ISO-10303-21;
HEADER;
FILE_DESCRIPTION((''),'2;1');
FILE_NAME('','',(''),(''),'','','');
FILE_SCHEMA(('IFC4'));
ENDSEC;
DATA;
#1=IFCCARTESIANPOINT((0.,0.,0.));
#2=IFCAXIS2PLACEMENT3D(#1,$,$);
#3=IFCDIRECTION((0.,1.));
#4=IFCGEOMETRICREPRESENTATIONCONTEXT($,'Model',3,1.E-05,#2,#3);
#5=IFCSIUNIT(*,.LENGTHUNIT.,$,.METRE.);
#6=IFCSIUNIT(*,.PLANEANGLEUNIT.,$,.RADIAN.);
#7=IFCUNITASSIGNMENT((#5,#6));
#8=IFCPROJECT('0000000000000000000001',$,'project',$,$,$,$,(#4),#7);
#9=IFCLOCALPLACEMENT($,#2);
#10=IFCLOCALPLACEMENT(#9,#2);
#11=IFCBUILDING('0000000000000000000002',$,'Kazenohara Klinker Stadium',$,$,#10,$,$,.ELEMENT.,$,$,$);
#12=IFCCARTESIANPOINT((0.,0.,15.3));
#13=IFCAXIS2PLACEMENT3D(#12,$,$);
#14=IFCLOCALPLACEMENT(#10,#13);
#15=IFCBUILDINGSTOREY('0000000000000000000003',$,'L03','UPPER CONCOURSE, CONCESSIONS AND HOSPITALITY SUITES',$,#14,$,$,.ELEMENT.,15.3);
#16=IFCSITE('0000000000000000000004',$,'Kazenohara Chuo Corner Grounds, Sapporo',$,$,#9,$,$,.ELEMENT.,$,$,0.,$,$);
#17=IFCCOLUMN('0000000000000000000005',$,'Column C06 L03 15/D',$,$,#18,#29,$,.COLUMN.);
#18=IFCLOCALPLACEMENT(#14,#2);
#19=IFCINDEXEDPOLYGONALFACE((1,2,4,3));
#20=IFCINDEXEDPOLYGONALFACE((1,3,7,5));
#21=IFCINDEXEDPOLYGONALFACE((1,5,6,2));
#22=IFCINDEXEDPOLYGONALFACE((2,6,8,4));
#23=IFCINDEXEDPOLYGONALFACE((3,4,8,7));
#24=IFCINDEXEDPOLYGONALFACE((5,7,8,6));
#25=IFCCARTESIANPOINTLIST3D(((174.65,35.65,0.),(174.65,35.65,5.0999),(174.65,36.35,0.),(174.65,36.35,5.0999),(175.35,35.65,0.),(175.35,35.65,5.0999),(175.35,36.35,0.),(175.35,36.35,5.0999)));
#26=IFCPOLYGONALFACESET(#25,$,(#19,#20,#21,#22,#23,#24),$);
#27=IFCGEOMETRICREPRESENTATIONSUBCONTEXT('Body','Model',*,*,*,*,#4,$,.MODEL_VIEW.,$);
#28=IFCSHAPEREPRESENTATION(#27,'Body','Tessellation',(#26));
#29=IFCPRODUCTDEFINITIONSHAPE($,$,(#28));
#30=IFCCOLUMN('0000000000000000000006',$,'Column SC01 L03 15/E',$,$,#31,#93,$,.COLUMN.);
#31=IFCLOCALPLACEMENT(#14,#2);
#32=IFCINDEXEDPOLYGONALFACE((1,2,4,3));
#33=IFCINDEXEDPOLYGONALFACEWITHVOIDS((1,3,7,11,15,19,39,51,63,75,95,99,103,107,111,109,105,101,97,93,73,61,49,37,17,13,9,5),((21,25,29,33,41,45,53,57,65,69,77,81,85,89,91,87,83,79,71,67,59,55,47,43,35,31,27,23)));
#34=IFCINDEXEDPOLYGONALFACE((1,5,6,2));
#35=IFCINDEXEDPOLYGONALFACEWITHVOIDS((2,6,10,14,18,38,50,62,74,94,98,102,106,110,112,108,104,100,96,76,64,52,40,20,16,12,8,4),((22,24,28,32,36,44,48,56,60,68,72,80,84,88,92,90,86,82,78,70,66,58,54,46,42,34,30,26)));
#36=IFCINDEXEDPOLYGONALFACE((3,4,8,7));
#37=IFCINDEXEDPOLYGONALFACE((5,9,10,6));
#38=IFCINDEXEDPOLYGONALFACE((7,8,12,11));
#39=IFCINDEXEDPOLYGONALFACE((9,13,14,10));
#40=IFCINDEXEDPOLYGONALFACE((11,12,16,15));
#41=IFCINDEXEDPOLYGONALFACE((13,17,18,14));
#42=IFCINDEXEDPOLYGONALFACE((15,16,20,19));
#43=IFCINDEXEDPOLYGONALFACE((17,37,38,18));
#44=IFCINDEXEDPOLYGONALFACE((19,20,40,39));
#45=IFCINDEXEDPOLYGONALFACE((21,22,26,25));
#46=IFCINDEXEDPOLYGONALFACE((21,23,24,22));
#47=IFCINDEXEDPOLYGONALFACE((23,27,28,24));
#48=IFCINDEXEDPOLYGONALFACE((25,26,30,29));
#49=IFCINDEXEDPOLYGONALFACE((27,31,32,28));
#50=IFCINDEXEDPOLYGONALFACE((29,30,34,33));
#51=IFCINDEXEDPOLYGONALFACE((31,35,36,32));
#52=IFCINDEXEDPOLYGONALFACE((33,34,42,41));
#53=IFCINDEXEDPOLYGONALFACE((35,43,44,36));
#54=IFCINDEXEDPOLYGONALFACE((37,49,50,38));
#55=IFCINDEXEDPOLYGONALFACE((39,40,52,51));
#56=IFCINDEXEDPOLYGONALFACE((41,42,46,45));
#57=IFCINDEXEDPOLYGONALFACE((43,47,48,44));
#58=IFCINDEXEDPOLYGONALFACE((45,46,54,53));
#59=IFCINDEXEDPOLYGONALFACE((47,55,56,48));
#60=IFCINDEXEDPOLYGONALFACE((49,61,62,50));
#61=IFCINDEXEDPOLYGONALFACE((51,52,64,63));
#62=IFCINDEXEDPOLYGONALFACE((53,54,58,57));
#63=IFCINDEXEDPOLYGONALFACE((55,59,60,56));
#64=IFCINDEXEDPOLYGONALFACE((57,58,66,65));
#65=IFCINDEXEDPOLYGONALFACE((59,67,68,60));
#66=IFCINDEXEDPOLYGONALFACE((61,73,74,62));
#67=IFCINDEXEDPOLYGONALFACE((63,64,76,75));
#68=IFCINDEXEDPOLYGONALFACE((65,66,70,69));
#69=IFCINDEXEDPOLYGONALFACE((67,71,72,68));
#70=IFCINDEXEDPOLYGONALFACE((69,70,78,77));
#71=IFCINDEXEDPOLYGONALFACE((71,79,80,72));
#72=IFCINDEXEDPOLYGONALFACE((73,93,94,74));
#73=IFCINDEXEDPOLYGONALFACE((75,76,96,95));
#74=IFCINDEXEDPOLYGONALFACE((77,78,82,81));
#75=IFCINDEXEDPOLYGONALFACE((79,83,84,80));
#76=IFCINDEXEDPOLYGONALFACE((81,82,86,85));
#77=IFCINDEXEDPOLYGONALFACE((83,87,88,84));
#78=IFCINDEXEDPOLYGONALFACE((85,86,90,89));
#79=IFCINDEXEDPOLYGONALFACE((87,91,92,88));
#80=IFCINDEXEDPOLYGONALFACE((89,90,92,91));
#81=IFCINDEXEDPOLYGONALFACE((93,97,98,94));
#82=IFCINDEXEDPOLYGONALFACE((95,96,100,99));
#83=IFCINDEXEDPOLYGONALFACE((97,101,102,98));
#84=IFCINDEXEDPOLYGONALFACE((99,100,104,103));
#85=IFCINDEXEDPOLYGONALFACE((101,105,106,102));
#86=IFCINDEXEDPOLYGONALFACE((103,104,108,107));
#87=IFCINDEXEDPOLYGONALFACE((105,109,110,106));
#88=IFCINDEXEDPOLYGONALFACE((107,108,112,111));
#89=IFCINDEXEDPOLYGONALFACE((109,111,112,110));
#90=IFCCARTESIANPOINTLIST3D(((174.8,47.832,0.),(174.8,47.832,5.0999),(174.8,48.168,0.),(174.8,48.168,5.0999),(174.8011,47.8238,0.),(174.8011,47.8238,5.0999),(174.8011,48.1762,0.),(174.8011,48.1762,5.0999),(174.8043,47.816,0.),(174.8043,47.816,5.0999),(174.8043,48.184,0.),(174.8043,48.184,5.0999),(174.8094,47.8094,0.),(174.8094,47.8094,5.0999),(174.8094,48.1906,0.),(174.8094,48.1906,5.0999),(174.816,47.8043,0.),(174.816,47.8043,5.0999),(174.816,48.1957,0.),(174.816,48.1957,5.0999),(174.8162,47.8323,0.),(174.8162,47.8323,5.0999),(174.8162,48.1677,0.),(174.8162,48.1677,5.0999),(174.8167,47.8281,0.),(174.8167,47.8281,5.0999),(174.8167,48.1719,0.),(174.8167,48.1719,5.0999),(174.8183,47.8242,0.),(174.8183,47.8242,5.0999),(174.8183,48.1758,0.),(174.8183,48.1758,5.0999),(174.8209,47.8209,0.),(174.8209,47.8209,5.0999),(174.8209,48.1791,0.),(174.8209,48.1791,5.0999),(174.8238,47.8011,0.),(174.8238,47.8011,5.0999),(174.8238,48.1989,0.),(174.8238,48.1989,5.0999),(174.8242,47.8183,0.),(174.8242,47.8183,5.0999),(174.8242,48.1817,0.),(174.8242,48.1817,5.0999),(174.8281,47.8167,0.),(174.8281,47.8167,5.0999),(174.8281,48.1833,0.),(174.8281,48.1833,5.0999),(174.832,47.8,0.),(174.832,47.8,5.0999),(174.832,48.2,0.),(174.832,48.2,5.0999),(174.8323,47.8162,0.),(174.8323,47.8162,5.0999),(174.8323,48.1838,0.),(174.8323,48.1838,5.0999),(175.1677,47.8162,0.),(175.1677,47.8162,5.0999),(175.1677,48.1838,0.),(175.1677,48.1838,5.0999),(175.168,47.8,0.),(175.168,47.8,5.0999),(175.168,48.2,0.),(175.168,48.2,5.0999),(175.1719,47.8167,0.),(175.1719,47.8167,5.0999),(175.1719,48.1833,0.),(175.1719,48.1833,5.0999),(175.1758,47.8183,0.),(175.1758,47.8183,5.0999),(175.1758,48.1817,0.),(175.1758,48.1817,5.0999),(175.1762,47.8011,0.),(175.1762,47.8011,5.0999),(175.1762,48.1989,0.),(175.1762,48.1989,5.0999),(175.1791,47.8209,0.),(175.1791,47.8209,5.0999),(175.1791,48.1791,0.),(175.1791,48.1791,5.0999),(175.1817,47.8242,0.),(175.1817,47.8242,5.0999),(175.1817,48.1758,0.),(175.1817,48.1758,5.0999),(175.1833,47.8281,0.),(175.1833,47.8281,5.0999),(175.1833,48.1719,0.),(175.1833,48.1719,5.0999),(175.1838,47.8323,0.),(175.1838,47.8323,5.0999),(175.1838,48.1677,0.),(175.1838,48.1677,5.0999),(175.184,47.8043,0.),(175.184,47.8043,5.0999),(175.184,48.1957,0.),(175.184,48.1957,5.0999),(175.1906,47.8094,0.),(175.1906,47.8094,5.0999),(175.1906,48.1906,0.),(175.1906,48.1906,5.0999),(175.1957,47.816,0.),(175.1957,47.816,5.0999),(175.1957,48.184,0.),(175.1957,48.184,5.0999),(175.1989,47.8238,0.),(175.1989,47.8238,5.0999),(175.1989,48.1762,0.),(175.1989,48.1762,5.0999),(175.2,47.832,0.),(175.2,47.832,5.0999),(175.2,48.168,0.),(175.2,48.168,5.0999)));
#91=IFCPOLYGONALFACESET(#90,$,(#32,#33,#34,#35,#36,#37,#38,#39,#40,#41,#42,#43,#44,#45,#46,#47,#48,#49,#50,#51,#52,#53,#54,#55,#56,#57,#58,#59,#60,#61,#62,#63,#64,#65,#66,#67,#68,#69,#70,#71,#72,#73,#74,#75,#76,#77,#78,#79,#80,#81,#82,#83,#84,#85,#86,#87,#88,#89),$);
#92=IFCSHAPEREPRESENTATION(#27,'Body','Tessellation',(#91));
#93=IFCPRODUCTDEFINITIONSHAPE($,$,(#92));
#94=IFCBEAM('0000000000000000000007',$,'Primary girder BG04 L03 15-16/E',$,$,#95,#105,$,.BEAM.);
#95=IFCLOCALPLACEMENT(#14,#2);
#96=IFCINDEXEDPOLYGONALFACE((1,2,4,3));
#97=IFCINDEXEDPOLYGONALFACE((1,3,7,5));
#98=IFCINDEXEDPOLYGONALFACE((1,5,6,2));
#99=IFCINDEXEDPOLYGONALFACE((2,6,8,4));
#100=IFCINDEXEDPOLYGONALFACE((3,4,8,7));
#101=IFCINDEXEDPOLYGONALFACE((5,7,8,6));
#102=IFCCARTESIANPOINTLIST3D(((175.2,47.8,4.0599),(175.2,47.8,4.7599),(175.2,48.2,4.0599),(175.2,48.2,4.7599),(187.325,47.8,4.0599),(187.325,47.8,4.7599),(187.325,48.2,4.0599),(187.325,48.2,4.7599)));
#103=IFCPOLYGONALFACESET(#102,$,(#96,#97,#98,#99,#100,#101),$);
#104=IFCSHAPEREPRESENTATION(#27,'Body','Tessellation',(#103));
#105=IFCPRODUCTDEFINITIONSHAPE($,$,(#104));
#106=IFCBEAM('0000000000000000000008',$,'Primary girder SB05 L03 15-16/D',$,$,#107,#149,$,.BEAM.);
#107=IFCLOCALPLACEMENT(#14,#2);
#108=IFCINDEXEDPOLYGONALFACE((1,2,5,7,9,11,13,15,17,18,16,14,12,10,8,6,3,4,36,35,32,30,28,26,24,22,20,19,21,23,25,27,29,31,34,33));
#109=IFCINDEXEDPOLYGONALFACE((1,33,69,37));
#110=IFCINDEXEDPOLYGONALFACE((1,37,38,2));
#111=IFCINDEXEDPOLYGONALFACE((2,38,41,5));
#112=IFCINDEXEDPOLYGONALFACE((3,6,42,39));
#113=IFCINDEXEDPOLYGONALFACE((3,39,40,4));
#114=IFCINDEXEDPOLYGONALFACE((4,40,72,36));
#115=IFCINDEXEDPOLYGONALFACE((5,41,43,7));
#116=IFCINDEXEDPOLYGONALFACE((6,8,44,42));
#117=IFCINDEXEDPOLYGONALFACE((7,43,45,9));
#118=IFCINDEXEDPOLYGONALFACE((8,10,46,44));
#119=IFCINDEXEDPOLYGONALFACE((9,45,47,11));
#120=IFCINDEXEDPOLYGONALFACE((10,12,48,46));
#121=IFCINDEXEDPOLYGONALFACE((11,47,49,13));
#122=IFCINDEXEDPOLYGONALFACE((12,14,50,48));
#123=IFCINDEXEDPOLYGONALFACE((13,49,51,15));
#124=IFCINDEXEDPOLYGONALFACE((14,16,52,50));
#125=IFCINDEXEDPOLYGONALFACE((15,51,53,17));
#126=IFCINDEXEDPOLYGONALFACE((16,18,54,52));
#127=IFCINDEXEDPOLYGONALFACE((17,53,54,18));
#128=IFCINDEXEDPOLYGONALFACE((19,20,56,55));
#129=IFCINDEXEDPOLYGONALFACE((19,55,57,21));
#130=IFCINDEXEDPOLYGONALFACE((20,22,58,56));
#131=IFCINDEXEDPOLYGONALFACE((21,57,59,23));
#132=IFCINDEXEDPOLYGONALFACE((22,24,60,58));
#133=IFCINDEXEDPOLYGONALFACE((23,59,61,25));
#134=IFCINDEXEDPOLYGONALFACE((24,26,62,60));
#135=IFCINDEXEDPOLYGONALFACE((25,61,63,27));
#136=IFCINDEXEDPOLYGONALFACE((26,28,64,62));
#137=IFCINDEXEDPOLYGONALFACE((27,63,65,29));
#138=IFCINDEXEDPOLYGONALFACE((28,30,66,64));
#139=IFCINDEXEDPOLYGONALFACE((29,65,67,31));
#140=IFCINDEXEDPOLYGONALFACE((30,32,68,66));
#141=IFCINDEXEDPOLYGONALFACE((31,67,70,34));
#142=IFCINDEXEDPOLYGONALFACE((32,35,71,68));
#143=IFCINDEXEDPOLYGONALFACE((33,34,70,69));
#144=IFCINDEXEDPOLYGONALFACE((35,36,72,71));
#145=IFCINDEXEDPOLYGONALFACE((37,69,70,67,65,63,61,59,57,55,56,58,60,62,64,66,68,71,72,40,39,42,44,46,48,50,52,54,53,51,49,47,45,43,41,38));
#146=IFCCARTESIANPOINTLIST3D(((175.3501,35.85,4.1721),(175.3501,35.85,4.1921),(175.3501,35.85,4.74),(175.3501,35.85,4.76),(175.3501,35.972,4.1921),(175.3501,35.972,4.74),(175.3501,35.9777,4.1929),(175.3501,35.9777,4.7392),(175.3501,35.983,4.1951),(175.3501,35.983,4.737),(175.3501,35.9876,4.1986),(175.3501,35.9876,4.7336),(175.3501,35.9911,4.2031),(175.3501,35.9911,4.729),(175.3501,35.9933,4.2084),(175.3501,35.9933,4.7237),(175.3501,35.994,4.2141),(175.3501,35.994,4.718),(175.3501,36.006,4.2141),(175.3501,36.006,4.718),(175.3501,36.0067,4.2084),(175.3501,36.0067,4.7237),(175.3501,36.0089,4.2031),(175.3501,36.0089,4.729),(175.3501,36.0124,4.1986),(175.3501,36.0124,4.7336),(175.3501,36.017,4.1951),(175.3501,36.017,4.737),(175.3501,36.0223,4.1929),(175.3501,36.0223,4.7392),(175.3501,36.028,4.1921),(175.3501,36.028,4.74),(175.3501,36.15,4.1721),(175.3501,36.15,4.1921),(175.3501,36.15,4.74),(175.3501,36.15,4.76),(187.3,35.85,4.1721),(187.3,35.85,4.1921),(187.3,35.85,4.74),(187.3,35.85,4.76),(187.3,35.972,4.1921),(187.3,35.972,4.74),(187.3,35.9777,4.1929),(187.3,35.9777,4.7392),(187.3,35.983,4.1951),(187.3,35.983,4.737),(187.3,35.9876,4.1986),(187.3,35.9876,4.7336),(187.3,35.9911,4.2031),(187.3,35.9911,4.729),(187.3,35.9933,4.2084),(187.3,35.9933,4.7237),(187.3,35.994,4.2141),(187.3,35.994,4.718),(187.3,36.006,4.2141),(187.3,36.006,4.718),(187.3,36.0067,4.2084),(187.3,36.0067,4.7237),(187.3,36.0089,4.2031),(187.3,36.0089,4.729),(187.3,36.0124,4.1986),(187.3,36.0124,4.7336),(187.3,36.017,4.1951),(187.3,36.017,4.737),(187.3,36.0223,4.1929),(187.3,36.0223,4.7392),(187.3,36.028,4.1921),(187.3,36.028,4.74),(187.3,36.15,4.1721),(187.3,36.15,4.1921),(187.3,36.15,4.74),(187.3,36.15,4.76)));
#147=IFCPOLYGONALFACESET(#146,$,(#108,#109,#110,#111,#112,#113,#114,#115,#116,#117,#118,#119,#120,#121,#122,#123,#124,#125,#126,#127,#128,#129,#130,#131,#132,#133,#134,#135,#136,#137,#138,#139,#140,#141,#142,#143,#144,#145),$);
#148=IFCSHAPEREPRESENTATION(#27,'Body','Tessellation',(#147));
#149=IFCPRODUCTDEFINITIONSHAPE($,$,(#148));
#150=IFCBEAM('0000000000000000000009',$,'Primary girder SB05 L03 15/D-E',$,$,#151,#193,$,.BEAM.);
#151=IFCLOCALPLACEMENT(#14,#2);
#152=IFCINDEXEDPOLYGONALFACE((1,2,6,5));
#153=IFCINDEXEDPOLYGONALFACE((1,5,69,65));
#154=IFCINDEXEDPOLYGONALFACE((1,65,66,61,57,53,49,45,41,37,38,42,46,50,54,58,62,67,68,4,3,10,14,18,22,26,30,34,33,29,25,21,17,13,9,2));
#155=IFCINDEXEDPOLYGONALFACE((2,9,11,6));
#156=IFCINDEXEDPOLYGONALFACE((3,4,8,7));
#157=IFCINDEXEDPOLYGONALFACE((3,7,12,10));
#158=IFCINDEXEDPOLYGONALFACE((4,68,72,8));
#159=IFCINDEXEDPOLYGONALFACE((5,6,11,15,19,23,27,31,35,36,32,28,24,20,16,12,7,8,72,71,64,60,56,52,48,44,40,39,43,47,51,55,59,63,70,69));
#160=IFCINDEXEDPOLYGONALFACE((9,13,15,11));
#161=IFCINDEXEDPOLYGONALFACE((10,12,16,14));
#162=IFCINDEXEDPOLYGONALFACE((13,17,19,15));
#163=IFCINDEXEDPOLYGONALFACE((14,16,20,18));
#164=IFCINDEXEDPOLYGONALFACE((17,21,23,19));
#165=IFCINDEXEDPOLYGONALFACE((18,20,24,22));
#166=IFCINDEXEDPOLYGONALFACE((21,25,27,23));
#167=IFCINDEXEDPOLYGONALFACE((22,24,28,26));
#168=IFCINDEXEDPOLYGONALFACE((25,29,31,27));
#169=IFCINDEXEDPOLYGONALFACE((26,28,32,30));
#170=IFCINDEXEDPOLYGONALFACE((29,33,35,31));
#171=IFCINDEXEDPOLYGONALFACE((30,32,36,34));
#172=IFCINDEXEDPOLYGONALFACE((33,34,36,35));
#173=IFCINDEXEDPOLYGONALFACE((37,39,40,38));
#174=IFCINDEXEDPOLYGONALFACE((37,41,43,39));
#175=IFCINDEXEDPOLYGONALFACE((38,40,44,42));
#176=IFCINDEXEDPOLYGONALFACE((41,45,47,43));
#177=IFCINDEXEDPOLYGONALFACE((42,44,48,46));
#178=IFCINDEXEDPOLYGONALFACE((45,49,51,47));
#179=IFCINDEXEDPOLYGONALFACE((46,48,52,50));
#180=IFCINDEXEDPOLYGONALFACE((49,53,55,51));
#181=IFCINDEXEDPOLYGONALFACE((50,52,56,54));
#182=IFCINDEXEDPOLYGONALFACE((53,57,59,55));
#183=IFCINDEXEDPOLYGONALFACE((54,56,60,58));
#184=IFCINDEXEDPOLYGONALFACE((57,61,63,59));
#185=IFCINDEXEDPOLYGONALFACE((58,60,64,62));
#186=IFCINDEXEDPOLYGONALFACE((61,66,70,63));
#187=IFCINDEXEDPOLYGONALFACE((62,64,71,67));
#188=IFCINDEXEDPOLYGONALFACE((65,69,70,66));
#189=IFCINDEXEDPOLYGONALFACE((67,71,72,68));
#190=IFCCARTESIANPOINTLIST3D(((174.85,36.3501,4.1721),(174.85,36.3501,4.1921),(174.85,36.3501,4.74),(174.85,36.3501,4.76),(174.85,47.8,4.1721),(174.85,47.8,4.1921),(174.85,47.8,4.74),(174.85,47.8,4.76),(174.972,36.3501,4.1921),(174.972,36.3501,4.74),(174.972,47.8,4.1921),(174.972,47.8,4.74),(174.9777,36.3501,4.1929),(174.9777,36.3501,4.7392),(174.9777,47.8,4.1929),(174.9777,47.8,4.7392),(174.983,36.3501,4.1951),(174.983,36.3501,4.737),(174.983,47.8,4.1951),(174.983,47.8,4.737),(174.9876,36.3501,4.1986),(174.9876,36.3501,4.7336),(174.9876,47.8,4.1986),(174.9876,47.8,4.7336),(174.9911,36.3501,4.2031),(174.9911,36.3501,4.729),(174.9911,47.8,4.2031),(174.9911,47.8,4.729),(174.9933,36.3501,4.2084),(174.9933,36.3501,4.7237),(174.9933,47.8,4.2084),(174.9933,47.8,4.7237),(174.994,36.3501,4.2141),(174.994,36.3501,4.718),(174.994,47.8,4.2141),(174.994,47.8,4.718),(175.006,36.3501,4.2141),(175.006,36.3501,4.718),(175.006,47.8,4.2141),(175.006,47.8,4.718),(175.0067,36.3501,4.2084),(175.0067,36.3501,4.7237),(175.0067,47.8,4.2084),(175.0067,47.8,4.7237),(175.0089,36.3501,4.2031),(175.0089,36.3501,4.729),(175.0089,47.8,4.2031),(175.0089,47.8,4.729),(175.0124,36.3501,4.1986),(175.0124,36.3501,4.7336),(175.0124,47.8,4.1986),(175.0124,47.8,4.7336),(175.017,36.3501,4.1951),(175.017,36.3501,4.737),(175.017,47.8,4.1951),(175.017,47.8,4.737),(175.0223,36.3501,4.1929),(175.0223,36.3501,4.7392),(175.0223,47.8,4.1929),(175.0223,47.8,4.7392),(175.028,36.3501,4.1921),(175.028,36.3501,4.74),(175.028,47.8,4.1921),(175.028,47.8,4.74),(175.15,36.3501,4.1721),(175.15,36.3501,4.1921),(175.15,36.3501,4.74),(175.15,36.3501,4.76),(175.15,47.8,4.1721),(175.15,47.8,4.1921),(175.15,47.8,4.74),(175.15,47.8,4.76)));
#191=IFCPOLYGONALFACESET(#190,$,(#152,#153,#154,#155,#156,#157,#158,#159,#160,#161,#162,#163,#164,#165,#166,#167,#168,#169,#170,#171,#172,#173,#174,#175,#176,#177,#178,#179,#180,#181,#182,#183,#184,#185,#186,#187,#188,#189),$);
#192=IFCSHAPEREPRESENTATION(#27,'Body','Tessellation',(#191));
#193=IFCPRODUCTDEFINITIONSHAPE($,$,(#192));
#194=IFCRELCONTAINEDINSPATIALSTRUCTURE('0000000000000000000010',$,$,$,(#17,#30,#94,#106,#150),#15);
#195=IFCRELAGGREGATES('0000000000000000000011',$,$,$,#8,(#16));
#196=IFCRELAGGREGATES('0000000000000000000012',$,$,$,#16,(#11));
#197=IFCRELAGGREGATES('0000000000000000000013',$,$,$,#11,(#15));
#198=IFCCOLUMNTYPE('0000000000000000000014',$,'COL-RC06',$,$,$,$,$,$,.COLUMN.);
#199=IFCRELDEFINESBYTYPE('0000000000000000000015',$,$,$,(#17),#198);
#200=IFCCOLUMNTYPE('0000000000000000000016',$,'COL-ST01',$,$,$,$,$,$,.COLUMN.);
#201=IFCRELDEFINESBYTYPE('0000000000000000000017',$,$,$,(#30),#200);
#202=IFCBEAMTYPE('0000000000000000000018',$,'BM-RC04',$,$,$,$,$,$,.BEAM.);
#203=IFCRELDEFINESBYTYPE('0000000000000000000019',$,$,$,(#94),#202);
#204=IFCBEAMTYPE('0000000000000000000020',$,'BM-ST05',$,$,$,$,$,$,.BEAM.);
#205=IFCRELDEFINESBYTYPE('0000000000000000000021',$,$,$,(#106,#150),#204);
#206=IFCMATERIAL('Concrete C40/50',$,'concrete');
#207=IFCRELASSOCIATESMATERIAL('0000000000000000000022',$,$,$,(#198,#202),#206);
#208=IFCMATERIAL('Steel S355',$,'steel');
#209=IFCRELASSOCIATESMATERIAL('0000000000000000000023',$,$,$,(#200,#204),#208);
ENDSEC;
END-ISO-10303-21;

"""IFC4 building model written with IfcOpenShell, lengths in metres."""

from ifc_helpers import new_model, si_unit, direction, frame, origin, origin_2d, place, context, subcontext, project, spatial, rectangle, hollow_rectangle, i_section, extrude, material, material_profile, profile_set, type_object, element, save


model = new_model("IFC4")

# Units and contexts
model_context = context("Model", 3, precision=1e-05, world=origin(), true_north=direction((0.0, 1.0)))
body_context = subcontext(model_context, "Body", "Model", "MODEL_VIEW")
ifc_project = project(units=[si_unit("LENGTHUNIT", "METRE"), si_unit("PLANEANGLEUNIT", "RADIAN")], contexts=[model_context])

# Site, building, storey
site_placement = place(None, origin())
site = spatial("IfcSite", under=ifc_project, at=site_placement, Name="Kazenohara Chuo Corner Grounds, Sapporo", CompositionType="ELEMENT", RefElevation=0.0)
building_placement = place(site_placement, origin())
building = spatial("IfcBuilding", under=site, at=building_placement, Name="Kazenohara Klinker Stadium", CompositionType="ELEMENT")
storey_placement = place(building_placement, frame((0.0, 0.0, 15.3)))
storey = spatial("IfcBuildingStorey", under=building, at=storey_placement, Name="L03", Description="UPPER CONCOURSE, CONCESSIONS AND HOSPITALITY SUITES", CompositionType="ELEMENT", Elevation=15.3)

# Columns
ifc_material_1 = material(Name="Concrete C40/50", Category="concrete")
ifc_material_profile_1 = material_profile(ifc_material_1, rectangle(XDim=0.7, YDim=0.7, at=origin_2d()), Name="RC-COL-700x700")
ifc_profile_set_1 = profile_set([ifc_material_profile_1], Name="Concrete C40/50")
column_type_1 = type_object("IfcColumnType", Name="COL-RC06", PredefinedType="COLUMN", material=ifc_profile_set_1)
column_1_placement = place(storey_placement, frame((175.0, 36.0, 0.0), z_axis=(0.0, 0.0, 1.0), x_axis=(1.0, 0.0, 0.0)))
element("IfcColumn", 1, at=column_1_placement, inside=storey, type_object=column_type_1, Name="Column C06 L03 15/D", PredefinedType="COLUMN", context=body_context, shape_type="SweptSolid", body=[
    extrude(rectangle(XDim=0.7, YDim=0.7, at=origin_2d()), origin(), (0.0, 0.0, 1.0), 5.0999),
])
ifc_material_2 = material(Name="Steel S355", Category="steel")
ifc_material_profile_2 = material_profile(ifc_material_2, hollow_rectangle(XDim=0.3999, YDim=0.3999, WallThickness=0.0161, InnerFilletRadius=0.0161, OuterFilletRadius=0.032, at=origin_2d()), Name="SHS-400x400x16")
ifc_profile_set_2 = profile_set([ifc_material_profile_2], Name="Steel S355")
column_type_2 = type_object("IfcColumnType", Name="COL-ST01", PredefinedType="COLUMN", material=ifc_profile_set_2)
column_2_placement = place(storey_placement, frame((175.0, 48.0, 0.0), z_axis=(0.0, 0.0, 1.0), x_axis=(1.0, 0.0, 0.0)))
element("IfcColumn", 2, at=column_2_placement, inside=storey, type_object=column_type_2, Name="Column SC01 L03 15/E", PredefinedType="COLUMN", context=body_context, shape_type="SweptSolid", body=[
    extrude(hollow_rectangle(XDim=0.3999, YDim=0.3999, WallThickness=0.0161, InnerFilletRadius=0.0161, OuterFilletRadius=0.032, at=origin_2d()), origin(), (0.0, 0.0, 1.0), 5.0999),
])

# Beams
ifc_material_profile_3 = material_profile(ifc_material_1, rectangle(XDim=0.3999, YDim=0.7, at=origin_2d()), Name="RC-BM-400x700")
ifc_profile_set_3 = profile_set([ifc_material_profile_3], Name="Concrete C40/50")
beam_type_1 = type_object("IfcBeamType", Name="BM-RC04", PredefinedType="BEAM", material=ifc_profile_set_3)
beam_1_placement = place(storey_placement, frame((175.2, 48.0, 4.4099), z_axis=(1.0, 0.0, 0.0), x_axis=(0.0, 1.0, 0.0)))
element("IfcBeam", 3, at=beam_1_placement, inside=storey, type_object=beam_type_1, Name="Primary girder BG04 L03 15-16/E", PredefinedType="BEAM", context=body_context, shape_type="SweptSolid", body=[
    extrude(rectangle(XDim=0.3999, YDim=0.7, at=origin_2d()), origin(), (0.0, 0.0, 1.0), 12.125),
])
ifc_material_profile_4 = material_profile(ifc_material_2, i_section(OverallWidth=0.3, OverallDepth=0.5879, WebThickness=0.012, FlangeThickness=0.02, FilletRadius=0.022, at=origin_2d()), Name="H-588x300x12x20")
ifc_profile_set_4 = profile_set([ifc_material_profile_4], Name="Steel S355")
beam_type_2 = type_object("IfcBeamType", Name="BM-ST05", PredefinedType="BEAM", material=ifc_profile_set_4)
beam_2_placement = place(storey_placement, frame((175.3501, 36.0, 4.4661), z_axis=(1.0, 0.0, 0.0), x_axis=(0.0, 1.0, 0.0)))
element("IfcBeam", 4, at=beam_2_placement, inside=storey, type_object=beam_type_2, Name="Primary girder SB05 L03 15-16/D", PredefinedType="BEAM", context=body_context, shape_type="SweptSolid", body=[
    extrude(i_section(OverallWidth=0.3, OverallDepth=0.5879, WebThickness=0.012, FlangeThickness=0.02, FilletRadius=0.022, at=origin_2d()), origin(), (0.0, 0.0, 1.0), 11.95),
])
beam_3_placement = place(storey_placement, frame((175.0, 36.3501, 4.4661), z_axis=(0.0, 1.0, 0.0), x_axis=(-1.0, 0.0, 0.0)))
element("IfcBeam", 5, at=beam_3_placement, inside=storey, type_object=beam_type_2, Name="Primary girder SB05 L03 15/D-E", PredefinedType="BEAM", context=body_context, shape_type="SweptSolid", body=[
    extrude(i_section(OverallWidth=0.3, OverallDepth=0.5879, WebThickness=0.012, FlangeThickness=0.02, FilletRadius=0.022, at=origin_2d()), origin(), (0.0, 0.0, 1.0), 11.45),
])

save(model, "model.ifc")
